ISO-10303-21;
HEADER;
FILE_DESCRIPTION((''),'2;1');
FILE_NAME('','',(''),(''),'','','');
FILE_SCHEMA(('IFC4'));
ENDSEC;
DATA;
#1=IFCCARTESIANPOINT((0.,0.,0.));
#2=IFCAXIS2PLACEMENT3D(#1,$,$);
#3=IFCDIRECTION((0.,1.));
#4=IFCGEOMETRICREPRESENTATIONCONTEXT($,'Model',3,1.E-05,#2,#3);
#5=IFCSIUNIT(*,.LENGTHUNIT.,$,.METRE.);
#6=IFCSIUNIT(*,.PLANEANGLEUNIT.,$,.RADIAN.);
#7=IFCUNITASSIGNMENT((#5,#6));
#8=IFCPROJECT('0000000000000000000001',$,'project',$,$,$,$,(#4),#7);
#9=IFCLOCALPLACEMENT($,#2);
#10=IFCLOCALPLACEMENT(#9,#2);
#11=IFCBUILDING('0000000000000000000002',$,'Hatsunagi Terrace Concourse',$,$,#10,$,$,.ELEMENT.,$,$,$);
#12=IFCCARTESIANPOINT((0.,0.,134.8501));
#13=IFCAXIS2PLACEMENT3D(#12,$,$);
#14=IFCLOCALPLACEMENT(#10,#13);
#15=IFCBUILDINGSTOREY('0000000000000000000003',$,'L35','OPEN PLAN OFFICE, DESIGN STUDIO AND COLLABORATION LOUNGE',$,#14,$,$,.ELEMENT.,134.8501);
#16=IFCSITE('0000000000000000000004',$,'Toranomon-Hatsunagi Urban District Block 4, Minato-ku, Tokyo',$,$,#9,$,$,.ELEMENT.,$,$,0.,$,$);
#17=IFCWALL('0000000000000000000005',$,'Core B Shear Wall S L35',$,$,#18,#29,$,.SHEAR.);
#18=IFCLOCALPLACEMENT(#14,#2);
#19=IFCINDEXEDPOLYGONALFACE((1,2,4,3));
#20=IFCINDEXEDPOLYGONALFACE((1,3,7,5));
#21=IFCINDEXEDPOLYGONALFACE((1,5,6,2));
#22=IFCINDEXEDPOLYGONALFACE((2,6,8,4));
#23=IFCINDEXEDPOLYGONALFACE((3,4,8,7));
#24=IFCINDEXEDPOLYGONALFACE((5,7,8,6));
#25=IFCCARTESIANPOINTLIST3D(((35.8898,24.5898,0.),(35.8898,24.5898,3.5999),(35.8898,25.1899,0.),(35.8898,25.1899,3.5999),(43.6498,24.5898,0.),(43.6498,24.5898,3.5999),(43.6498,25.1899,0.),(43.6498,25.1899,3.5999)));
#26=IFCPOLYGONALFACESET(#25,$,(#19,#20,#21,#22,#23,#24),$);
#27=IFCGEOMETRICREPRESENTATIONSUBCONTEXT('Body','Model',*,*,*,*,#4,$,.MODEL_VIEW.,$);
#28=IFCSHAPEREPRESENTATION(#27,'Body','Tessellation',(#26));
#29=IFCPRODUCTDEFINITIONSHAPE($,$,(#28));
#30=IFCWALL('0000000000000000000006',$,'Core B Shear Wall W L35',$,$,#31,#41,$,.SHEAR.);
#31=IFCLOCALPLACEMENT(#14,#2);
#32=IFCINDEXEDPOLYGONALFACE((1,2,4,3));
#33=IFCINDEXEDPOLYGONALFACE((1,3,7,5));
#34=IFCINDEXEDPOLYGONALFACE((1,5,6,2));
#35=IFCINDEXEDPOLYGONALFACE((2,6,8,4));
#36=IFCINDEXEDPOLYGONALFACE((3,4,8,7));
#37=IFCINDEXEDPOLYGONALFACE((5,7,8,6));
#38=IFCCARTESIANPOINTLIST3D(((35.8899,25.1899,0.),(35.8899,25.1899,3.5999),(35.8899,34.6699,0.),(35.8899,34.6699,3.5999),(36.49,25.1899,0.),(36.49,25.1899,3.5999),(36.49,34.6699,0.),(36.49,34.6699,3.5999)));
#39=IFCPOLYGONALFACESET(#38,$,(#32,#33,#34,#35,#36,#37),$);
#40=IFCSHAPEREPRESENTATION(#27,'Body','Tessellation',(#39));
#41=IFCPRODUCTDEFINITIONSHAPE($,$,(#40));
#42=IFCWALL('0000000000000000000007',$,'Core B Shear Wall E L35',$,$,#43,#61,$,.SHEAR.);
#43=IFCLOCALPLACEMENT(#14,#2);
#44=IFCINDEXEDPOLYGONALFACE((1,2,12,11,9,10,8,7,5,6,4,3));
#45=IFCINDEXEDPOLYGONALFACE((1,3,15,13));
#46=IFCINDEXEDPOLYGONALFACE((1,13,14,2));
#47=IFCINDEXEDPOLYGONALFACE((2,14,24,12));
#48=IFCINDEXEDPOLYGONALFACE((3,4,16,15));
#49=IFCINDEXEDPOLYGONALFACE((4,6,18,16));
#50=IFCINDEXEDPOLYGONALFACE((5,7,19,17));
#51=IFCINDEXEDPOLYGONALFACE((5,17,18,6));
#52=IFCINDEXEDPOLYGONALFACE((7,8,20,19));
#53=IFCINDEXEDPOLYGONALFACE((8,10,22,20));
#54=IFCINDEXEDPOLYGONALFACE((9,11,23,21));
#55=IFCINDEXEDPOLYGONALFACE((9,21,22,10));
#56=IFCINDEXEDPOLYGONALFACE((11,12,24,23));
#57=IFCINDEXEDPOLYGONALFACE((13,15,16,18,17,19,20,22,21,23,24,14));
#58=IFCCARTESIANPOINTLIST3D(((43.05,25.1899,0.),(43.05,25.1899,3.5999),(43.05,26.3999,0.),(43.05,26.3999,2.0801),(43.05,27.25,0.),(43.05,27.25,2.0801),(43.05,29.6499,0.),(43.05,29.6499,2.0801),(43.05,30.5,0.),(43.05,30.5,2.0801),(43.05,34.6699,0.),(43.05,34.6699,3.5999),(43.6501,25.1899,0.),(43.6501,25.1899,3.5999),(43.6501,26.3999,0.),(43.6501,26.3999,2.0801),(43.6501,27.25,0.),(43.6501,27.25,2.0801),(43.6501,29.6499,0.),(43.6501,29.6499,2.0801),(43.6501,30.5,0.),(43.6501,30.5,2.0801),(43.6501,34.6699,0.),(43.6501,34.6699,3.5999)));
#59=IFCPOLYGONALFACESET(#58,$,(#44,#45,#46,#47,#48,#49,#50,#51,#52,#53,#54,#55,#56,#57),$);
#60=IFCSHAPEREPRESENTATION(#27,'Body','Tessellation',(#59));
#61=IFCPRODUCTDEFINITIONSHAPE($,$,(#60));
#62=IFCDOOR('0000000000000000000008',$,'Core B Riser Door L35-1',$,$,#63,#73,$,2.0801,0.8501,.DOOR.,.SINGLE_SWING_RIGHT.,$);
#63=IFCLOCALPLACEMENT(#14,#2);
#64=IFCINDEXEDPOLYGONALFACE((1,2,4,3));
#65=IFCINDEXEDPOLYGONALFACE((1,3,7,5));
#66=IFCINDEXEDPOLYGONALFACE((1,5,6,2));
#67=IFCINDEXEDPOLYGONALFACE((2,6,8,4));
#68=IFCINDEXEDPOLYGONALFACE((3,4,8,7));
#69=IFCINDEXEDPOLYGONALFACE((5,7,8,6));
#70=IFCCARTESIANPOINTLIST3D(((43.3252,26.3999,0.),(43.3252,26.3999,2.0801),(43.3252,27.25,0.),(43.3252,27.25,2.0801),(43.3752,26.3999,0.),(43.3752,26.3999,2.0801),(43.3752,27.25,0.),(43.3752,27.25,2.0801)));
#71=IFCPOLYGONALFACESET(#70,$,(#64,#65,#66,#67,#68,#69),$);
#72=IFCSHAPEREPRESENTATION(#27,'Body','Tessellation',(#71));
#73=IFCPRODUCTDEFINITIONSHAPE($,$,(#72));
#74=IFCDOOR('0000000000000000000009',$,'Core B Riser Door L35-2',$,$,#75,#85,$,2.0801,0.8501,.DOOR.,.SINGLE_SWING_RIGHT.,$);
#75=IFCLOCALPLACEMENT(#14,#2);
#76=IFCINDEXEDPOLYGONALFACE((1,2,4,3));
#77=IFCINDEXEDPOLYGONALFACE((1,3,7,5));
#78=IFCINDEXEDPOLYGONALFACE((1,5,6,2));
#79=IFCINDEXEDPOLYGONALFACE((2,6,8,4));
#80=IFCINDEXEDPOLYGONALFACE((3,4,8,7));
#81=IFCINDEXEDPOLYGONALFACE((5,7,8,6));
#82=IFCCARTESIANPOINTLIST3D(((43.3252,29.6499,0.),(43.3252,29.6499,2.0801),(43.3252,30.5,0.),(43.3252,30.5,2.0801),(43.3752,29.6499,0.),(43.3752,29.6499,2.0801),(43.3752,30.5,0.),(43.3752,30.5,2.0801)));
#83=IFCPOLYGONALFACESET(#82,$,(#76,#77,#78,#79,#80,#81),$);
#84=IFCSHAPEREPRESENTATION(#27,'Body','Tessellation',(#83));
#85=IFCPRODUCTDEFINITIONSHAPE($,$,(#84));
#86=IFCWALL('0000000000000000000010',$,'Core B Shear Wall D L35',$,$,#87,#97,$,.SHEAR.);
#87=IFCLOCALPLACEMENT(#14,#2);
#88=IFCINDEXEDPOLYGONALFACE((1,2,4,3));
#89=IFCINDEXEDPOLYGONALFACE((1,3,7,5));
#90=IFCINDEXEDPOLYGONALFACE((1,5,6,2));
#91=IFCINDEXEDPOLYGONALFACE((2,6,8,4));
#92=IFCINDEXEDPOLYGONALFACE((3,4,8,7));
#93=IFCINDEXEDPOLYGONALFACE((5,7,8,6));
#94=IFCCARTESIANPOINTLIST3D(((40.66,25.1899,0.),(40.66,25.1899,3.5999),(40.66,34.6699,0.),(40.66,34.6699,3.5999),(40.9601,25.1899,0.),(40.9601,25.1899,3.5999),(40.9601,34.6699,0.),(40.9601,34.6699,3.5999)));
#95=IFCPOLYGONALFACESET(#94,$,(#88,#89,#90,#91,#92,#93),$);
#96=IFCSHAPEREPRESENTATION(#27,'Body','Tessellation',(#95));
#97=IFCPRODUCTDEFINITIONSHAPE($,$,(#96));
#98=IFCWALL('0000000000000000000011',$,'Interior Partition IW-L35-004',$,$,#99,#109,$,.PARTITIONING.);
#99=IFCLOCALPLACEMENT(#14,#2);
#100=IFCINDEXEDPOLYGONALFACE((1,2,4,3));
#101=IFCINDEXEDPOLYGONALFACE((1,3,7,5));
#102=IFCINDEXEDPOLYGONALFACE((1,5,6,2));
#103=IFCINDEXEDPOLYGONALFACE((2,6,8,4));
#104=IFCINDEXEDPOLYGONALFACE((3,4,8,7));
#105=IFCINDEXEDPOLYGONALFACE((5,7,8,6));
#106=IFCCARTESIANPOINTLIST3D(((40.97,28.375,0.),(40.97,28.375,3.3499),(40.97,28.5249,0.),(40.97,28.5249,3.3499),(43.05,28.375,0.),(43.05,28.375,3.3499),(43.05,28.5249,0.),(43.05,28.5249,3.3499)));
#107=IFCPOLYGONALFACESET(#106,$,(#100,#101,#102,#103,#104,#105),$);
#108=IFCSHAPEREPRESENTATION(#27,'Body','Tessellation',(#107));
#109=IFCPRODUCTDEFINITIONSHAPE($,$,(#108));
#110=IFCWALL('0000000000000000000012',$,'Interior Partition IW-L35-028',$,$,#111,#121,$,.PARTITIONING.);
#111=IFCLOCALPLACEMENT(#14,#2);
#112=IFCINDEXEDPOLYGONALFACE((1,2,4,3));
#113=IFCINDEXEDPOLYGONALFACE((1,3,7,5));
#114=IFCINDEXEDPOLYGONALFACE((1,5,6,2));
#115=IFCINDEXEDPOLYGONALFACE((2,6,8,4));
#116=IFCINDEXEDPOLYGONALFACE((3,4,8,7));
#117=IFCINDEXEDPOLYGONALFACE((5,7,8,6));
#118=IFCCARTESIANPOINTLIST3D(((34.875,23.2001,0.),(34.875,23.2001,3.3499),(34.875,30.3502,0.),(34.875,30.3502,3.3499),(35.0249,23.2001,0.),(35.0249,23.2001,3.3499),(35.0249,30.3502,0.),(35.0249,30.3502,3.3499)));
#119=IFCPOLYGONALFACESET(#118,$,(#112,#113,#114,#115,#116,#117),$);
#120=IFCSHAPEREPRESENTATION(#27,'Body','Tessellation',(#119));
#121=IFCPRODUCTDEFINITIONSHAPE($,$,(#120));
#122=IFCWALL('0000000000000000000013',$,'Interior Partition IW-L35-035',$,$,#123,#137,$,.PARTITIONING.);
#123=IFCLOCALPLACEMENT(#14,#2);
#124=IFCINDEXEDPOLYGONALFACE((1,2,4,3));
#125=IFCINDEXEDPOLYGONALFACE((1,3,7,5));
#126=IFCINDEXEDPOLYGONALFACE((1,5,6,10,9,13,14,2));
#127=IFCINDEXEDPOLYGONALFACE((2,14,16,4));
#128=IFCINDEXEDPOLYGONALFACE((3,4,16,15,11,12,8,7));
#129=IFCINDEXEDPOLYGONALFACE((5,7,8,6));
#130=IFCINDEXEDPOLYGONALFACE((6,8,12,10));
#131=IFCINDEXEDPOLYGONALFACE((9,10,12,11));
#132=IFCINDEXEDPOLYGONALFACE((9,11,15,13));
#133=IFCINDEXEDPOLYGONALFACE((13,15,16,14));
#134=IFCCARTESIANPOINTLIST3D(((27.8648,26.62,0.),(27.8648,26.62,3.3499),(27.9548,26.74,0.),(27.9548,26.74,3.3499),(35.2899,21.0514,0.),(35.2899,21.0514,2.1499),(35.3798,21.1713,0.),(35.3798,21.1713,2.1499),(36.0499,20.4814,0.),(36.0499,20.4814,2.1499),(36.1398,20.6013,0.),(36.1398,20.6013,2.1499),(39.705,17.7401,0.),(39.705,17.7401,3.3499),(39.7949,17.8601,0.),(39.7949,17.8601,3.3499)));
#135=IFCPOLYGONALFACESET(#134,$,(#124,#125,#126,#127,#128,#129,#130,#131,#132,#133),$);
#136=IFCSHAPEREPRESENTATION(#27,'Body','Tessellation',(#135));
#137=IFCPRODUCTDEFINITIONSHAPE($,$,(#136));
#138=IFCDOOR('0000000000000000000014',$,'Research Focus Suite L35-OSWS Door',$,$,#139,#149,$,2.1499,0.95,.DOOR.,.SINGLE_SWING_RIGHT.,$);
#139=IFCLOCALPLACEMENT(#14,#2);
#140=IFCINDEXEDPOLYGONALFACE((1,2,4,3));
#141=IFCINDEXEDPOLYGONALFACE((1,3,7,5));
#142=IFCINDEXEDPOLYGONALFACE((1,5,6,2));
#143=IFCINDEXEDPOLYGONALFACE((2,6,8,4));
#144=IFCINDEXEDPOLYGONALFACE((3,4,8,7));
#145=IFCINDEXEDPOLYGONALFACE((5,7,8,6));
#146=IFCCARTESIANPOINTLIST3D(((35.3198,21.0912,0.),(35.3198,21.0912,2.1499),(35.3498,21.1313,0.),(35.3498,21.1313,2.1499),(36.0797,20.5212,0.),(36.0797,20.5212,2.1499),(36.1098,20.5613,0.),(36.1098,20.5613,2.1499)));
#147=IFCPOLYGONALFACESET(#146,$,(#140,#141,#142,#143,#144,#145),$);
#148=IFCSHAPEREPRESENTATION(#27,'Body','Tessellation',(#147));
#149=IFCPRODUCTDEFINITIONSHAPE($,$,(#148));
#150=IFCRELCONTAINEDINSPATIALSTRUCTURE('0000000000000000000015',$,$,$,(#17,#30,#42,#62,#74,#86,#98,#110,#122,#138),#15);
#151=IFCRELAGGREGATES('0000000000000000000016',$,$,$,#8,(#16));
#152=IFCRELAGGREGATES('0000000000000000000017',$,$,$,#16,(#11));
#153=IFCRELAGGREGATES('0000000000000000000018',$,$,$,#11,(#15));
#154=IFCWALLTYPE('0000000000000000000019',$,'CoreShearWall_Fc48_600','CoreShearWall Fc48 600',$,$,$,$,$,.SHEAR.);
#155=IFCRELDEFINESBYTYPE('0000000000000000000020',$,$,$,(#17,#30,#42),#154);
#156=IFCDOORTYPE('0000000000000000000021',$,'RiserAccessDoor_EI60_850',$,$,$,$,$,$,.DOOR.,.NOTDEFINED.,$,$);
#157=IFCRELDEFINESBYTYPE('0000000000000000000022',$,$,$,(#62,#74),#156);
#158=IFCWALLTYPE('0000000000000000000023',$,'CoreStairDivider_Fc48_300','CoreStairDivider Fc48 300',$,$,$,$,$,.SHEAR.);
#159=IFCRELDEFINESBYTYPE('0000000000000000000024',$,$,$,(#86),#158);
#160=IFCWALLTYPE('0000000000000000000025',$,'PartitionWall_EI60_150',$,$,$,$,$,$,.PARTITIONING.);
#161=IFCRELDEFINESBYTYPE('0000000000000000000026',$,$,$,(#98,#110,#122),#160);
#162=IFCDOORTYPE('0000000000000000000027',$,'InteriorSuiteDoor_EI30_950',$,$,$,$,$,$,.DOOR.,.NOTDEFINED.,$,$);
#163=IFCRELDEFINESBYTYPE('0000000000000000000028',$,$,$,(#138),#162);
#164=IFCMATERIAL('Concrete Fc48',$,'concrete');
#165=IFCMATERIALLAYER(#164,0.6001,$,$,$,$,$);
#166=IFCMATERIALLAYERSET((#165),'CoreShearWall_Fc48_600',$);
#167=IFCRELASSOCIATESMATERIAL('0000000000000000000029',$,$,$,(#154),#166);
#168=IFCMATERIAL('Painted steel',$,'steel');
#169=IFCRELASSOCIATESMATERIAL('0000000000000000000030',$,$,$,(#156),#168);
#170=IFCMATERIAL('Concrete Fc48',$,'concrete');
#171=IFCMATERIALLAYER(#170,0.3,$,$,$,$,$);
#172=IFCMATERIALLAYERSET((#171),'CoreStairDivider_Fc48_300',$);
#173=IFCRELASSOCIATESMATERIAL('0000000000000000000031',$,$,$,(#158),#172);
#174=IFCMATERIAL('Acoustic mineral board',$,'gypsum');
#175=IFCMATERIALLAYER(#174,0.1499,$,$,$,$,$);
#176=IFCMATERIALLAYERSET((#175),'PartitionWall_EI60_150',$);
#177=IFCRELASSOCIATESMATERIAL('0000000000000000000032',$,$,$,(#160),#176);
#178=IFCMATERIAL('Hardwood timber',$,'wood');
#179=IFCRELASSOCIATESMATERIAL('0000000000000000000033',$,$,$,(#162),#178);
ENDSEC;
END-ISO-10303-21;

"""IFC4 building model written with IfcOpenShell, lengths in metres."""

from ifc_helpers import new_model, si_unit, direction, frame, frame_2d, origin, place, context, subcontext, project, spatial, rectangle, extrude, material, layer, layer_set, type_object, element, fill, save


model = new_model("IFC4")

# Units and contexts
model_context = context("Model", 3, precision=1e-05, world=origin(), true_north=direction((0.0, 1.0)))
body_context = subcontext(model_context, "Body", "Model", "MODEL_VIEW")
ifc_project = project(units=[si_unit("LENGTHUNIT", "METRE"), si_unit("PLANEANGLEUNIT", "RADIAN")], contexts=[model_context])

# Site, building, storey
site_placement = place(None, origin())
site = spatial("IfcSite", under=ifc_project, at=site_placement, Name="Toranomon-Hatsunagi Urban District Block 4, Minato-ku, Tokyo", CompositionType="ELEMENT", RefElevation=0.0)
building_placement = place(site_placement, origin())
building = spatial("IfcBuilding", under=site, at=building_placement, Name="Hatsunagi Terrace Concourse", CompositionType="ELEMENT")
storey_placement = place(building_placement, frame((0.0, 0.0, 134.8501)))
storey = spatial("IfcBuildingStorey", under=building, at=storey_placement, Name="L35", Description="OPEN PLAN OFFICE, DESIGN STUDIO AND COLLABORATION LOUNGE", CompositionType="ELEMENT", Elevation=134.8501)

# Walls
ifc_material_1 = material(Name="Concrete Fc48", Category="concrete")
ifc_layer_1 = layer(ifc_material_1, 0.6001)
ifc_layer_set_1 = layer_set([ifc_layer_1], Name="CoreShearWall_Fc48_600")
wall_type_1 = type_object("IfcWallType", Name="CoreShearWall_Fc48_600", Description="CoreShearWall Fc48 600", PredefinedType="SHEAR", material=ifc_layer_set_1)
wall_1_placement = place(storey_placement, frame((35.8899, 24.8899, 0.0), z_axis=(0.0, 0.0, 1.0), x_axis=(1.0, 0.0, 0.0)))
element("IfcWall", 1, at=wall_1_placement, inside=storey, type_object=wall_type_1, Name="Core B Shear Wall S L35", PredefinedType="SHEAR", context=body_context, shape_type="SweptSolid", body=[
    extrude(rectangle(XDim=7.76, YDim=0.6001, at=frame_2d((3.8799, 0.0))), origin(), (0.0, 0.0, 1.0), 3.5999),
])
wall_2_placement = place(storey_placement, frame((36.1899, 25.1899, 0.0), z_axis=(0.0, 0.0, 1.0), x_axis=(0.0, 1.0, 0.0)))
element("IfcWall", 2, at=wall_2_placement, inside=storey, type_object=wall_type_1, Name="Core B Shear Wall W L35", PredefinedType="SHEAR", context=body_context, shape_type="SweptSolid", body=[
    extrude(rectangle(XDim=9.48, YDim=0.6001, at=frame_2d((4.74, 0.0))), origin(), (0.0, 0.0, 1.0), 3.5999),
])

# Wall, openings, doors
wall_3_placement = place(storey_placement, frame((43.3501, 25.1899, 0.0), z_axis=(0.0, 0.0, 1.0), x_axis=(0.0, 1.0, 0.0)))
wall_3 = element("IfcWall", 3, at=wall_3_placement, inside=storey, type_object=wall_type_1, Name="Core B Shear Wall E L35", PredefinedType="SHEAR", context=body_context, shape_type="SweptSolid", body=[
    extrude(rectangle(XDim=9.48, YDim=0.6001, at=frame_2d((4.74, 0.0))), origin(), (0.0, 0.0, 1.0), 3.5999),
])
opening_1_placement = place(wall_3_placement, frame((1.21, 0.0, 0.0)))
opening_1 = element("IfcOpeningElement", 4, at=opening_1_placement, cuts=wall_3, PredefinedType="OPENING", context=body_context, shape_type="SweptSolid", body=[
    extrude(rectangle(XDim=0.8501, YDim=2.0801, at=frame_2d((0.425, 1.04))), frame((0.0, 0.3101, 0.0), z_axis=(0.0, -1.0, 0.0), x_axis=(1.0, 0.0, 0.0)), (0.0, 0.0, 1.0), 0.6201),
])
opening_2_placement = place(wall_3_placement, frame((4.46, 0.0, 0.0)))
opening_2 = element("IfcOpeningElement", 5, at=opening_2_placement, cuts=wall_3, PredefinedType="OPENING", context=body_context, shape_type="SweptSolid", body=[
    extrude(rectangle(XDim=0.8501, YDim=2.0801, at=frame_2d((0.425, 1.04))), frame((0.0, 0.3101, 0.0), z_axis=(0.0, -1.0, 0.0), x_axis=(1.0, 0.0, 0.0)), (0.0, 0.0, 1.0), 0.6201),
])
ifc_material_2 = material(Name="Painted steel", Category="steel")
door_type_1 = type_object("IfcDoorType", Name="RiserAccessDoor_EI60_850", OperationType="NOTDEFINED", PredefinedType="DOOR", material=ifc_material_2)
door_1_placement = place(opening_1_placement, origin())
door_1 = element("IfcDoor", 6, at=door_1_placement, inside=storey, type_object=door_type_1, Name="Core B Riser Door L35-1", OperationType="SINGLE_SWING_RIGHT", OverallHeight=2.0801, OverallWidth=0.8501, PredefinedType="DOOR", context=body_context, shape_type="SweptSolid", body=[
    extrude(rectangle(XDim=0.8501, YDim=2.0801, at=frame_2d((0.425, 1.04))), frame((0.0, 0.0249, 0.0), z_axis=(0.0, -1.0, 0.0), x_axis=(1.0, 0.0, 0.0)), (0.0, 0.0, 1.0), 0.05),
])
fill(opening_1, door_1)
door_2_placement = place(opening_2_placement, origin())
door_2 = element("IfcDoor", 7, at=door_2_placement, inside=storey, type_object=door_type_1, Name="Core B Riser Door L35-2", OperationType="SINGLE_SWING_RIGHT", OverallHeight=2.0801, OverallWidth=0.8501, PredefinedType="DOOR", context=body_context, shape_type="SweptSolid", body=[
    extrude(rectangle(XDim=0.8501, YDim=2.0801, at=frame_2d((0.425, 1.04))), frame((0.0, 0.0249, 0.0), z_axis=(0.0, -1.0, 0.0), x_axis=(1.0, 0.0, 0.0)), (0.0, 0.0, 1.0), 0.05),
])
fill(opening_2, door_2)

# Walls
ifc_material_3 = material(Name="Concrete Fc48", Category="concrete")
ifc_layer_2 = layer(ifc_material_3, 0.3)
ifc_layer_set_2 = layer_set([ifc_layer_2], Name="CoreStairDivider_Fc48_300")
wall_type_2 = type_object("IfcWallType", Name="CoreStairDivider_Fc48_300", Description="CoreStairDivider Fc48 300", PredefinedType="SHEAR", material=ifc_layer_set_2)
wall_4_placement = place(storey_placement, frame((40.8101, 25.1899, 0.0), z_axis=(0.0, 0.0, 1.0), x_axis=(0.0, 1.0, 0.0)))
element("IfcWall", 8, at=wall_4_placement, inside=storey, type_object=wall_type_2, Name="Core B Shear Wall D L35", PredefinedType="SHEAR", context=body_context, shape_type="SweptSolid", body=[
    extrude(rectangle(XDim=9.48, YDim=0.3, at=frame_2d((4.74, 0.0))), origin(), (0.0, 0.0, 1.0), 3.5999),
])
ifc_material_4 = material(Name="Acoustic mineral board", Category="gypsum")
ifc_layer_3 = layer(ifc_material_4, 0.1499)
ifc_layer_set_3 = layer_set([ifc_layer_3], Name="PartitionWall_EI60_150")
wall_type_3 = type_object("IfcWallType", Name="PartitionWall_EI60_150", PredefinedType="PARTITIONING", material=ifc_layer_set_3)
wall_5_placement = place(storey_placement, frame((40.97, 28.45, 0.0), z_axis=(0.0, 0.0, 1.0), x_axis=(1.0, 0.0, 0.0)))
element("IfcWall", 9, at=wall_5_placement, inside=storey, type_object=wall_type_3, Name="Interior Partition IW-L35-004", PredefinedType="PARTITIONING", context=body_context, shape_type="SweptSolid", body=[
    extrude(rectangle(XDim=2.0801, YDim=0.1499, at=frame_2d((1.04, 0.0))), origin(), (0.0, 0.0, 1.0), 3.3499),
])
wall_6_placement = place(storey_placement, frame((34.95, 23.2, 0.0), z_axis=(0.0, 0.0, 1.0), x_axis=(0.0, 1.0, 0.0)))
element("IfcWall", 10, at=wall_6_placement, inside=storey, type_object=wall_type_3, Name="Interior Partition IW-L35-028", PredefinedType="PARTITIONING", context=body_context, shape_type="SweptSolid", body=[
    extrude(rectangle(XDim=7.1501, YDim=0.1499, at=frame_2d((3.5752, 0.0))), origin(), (0.0, 0.0, 1.0), 3.3499),
])

# Wall, opening, door
ifc_material_5 = material(Name="Hardwood timber", Category="wood")
door_type_2 = type_object("IfcDoorType", Name="InteriorSuiteDoor_EI30_950", OperationType="NOTDEFINED", PredefinedType="DOOR", material=ifc_material_5)
wall_7_placement = place(storey_placement, frame((27.9099, 26.6799, 0.0), z_axis=(0.0, 0.0, 1.0), x_axis=(0.800006, -0.599992, 0.0)))
wall_7 = element("IfcWall", 11, at=wall_7_placement, inside=storey, type_object=wall_type_3, Name="Interior Partition IW-L35-035", PredefinedType="PARTITIONING", context=body_context, shape_type="SweptSolid", body=[
    extrude(rectangle(XDim=14.8, YDim=0.1499, at=frame_2d((7.3999, 0.0))), origin(), (0.0, 0.0, 1.0), 3.3499),
])
opening_3_placement = place(wall_7_placement, frame((9.281, 0.0, 0.0)))
opening_3 = element("IfcOpeningElement", 12, at=opening_3_placement, cuts=wall_7, PredefinedType="OPENING", context=body_context, shape_type="SweptSolid", body=[
    extrude(rectangle(XDim=0.95, YDim=2.1499, at=frame_2d((0.4751, 1.075))), frame((0.0, 0.085, 0.0), z_axis=(0.0, -1.0, 0.0), x_axis=(1.0, 0.0, 0.0)), (0.0, 0.0, 1.0), 0.1699),
])
door_3_placement = place(opening_3_placement, origin())
door_3 = element("IfcDoor", 13, at=door_3_placement, inside=storey, type_object=door_type_2, Name="Research Focus Suite L35-OSWS Door", OperationType="SINGLE_SWING_RIGHT", OverallHeight=2.1499, OverallWidth=0.95, PredefinedType="DOOR", context=body_context, shape_type="SweptSolid", body=[
    extrude(rectangle(XDim=0.95, YDim=2.1499, at=frame_2d((0.4751, 1.075))), frame((0.0, 0.0249, 0.0), z_axis=(0.0, -1.0, 0.0), x_axis=(1.0, 0.0, 0.0)), (0.0, 0.0, 1.0), 0.05),
])
fill(opening_3, door_3)

save(model, "model.ifc")
